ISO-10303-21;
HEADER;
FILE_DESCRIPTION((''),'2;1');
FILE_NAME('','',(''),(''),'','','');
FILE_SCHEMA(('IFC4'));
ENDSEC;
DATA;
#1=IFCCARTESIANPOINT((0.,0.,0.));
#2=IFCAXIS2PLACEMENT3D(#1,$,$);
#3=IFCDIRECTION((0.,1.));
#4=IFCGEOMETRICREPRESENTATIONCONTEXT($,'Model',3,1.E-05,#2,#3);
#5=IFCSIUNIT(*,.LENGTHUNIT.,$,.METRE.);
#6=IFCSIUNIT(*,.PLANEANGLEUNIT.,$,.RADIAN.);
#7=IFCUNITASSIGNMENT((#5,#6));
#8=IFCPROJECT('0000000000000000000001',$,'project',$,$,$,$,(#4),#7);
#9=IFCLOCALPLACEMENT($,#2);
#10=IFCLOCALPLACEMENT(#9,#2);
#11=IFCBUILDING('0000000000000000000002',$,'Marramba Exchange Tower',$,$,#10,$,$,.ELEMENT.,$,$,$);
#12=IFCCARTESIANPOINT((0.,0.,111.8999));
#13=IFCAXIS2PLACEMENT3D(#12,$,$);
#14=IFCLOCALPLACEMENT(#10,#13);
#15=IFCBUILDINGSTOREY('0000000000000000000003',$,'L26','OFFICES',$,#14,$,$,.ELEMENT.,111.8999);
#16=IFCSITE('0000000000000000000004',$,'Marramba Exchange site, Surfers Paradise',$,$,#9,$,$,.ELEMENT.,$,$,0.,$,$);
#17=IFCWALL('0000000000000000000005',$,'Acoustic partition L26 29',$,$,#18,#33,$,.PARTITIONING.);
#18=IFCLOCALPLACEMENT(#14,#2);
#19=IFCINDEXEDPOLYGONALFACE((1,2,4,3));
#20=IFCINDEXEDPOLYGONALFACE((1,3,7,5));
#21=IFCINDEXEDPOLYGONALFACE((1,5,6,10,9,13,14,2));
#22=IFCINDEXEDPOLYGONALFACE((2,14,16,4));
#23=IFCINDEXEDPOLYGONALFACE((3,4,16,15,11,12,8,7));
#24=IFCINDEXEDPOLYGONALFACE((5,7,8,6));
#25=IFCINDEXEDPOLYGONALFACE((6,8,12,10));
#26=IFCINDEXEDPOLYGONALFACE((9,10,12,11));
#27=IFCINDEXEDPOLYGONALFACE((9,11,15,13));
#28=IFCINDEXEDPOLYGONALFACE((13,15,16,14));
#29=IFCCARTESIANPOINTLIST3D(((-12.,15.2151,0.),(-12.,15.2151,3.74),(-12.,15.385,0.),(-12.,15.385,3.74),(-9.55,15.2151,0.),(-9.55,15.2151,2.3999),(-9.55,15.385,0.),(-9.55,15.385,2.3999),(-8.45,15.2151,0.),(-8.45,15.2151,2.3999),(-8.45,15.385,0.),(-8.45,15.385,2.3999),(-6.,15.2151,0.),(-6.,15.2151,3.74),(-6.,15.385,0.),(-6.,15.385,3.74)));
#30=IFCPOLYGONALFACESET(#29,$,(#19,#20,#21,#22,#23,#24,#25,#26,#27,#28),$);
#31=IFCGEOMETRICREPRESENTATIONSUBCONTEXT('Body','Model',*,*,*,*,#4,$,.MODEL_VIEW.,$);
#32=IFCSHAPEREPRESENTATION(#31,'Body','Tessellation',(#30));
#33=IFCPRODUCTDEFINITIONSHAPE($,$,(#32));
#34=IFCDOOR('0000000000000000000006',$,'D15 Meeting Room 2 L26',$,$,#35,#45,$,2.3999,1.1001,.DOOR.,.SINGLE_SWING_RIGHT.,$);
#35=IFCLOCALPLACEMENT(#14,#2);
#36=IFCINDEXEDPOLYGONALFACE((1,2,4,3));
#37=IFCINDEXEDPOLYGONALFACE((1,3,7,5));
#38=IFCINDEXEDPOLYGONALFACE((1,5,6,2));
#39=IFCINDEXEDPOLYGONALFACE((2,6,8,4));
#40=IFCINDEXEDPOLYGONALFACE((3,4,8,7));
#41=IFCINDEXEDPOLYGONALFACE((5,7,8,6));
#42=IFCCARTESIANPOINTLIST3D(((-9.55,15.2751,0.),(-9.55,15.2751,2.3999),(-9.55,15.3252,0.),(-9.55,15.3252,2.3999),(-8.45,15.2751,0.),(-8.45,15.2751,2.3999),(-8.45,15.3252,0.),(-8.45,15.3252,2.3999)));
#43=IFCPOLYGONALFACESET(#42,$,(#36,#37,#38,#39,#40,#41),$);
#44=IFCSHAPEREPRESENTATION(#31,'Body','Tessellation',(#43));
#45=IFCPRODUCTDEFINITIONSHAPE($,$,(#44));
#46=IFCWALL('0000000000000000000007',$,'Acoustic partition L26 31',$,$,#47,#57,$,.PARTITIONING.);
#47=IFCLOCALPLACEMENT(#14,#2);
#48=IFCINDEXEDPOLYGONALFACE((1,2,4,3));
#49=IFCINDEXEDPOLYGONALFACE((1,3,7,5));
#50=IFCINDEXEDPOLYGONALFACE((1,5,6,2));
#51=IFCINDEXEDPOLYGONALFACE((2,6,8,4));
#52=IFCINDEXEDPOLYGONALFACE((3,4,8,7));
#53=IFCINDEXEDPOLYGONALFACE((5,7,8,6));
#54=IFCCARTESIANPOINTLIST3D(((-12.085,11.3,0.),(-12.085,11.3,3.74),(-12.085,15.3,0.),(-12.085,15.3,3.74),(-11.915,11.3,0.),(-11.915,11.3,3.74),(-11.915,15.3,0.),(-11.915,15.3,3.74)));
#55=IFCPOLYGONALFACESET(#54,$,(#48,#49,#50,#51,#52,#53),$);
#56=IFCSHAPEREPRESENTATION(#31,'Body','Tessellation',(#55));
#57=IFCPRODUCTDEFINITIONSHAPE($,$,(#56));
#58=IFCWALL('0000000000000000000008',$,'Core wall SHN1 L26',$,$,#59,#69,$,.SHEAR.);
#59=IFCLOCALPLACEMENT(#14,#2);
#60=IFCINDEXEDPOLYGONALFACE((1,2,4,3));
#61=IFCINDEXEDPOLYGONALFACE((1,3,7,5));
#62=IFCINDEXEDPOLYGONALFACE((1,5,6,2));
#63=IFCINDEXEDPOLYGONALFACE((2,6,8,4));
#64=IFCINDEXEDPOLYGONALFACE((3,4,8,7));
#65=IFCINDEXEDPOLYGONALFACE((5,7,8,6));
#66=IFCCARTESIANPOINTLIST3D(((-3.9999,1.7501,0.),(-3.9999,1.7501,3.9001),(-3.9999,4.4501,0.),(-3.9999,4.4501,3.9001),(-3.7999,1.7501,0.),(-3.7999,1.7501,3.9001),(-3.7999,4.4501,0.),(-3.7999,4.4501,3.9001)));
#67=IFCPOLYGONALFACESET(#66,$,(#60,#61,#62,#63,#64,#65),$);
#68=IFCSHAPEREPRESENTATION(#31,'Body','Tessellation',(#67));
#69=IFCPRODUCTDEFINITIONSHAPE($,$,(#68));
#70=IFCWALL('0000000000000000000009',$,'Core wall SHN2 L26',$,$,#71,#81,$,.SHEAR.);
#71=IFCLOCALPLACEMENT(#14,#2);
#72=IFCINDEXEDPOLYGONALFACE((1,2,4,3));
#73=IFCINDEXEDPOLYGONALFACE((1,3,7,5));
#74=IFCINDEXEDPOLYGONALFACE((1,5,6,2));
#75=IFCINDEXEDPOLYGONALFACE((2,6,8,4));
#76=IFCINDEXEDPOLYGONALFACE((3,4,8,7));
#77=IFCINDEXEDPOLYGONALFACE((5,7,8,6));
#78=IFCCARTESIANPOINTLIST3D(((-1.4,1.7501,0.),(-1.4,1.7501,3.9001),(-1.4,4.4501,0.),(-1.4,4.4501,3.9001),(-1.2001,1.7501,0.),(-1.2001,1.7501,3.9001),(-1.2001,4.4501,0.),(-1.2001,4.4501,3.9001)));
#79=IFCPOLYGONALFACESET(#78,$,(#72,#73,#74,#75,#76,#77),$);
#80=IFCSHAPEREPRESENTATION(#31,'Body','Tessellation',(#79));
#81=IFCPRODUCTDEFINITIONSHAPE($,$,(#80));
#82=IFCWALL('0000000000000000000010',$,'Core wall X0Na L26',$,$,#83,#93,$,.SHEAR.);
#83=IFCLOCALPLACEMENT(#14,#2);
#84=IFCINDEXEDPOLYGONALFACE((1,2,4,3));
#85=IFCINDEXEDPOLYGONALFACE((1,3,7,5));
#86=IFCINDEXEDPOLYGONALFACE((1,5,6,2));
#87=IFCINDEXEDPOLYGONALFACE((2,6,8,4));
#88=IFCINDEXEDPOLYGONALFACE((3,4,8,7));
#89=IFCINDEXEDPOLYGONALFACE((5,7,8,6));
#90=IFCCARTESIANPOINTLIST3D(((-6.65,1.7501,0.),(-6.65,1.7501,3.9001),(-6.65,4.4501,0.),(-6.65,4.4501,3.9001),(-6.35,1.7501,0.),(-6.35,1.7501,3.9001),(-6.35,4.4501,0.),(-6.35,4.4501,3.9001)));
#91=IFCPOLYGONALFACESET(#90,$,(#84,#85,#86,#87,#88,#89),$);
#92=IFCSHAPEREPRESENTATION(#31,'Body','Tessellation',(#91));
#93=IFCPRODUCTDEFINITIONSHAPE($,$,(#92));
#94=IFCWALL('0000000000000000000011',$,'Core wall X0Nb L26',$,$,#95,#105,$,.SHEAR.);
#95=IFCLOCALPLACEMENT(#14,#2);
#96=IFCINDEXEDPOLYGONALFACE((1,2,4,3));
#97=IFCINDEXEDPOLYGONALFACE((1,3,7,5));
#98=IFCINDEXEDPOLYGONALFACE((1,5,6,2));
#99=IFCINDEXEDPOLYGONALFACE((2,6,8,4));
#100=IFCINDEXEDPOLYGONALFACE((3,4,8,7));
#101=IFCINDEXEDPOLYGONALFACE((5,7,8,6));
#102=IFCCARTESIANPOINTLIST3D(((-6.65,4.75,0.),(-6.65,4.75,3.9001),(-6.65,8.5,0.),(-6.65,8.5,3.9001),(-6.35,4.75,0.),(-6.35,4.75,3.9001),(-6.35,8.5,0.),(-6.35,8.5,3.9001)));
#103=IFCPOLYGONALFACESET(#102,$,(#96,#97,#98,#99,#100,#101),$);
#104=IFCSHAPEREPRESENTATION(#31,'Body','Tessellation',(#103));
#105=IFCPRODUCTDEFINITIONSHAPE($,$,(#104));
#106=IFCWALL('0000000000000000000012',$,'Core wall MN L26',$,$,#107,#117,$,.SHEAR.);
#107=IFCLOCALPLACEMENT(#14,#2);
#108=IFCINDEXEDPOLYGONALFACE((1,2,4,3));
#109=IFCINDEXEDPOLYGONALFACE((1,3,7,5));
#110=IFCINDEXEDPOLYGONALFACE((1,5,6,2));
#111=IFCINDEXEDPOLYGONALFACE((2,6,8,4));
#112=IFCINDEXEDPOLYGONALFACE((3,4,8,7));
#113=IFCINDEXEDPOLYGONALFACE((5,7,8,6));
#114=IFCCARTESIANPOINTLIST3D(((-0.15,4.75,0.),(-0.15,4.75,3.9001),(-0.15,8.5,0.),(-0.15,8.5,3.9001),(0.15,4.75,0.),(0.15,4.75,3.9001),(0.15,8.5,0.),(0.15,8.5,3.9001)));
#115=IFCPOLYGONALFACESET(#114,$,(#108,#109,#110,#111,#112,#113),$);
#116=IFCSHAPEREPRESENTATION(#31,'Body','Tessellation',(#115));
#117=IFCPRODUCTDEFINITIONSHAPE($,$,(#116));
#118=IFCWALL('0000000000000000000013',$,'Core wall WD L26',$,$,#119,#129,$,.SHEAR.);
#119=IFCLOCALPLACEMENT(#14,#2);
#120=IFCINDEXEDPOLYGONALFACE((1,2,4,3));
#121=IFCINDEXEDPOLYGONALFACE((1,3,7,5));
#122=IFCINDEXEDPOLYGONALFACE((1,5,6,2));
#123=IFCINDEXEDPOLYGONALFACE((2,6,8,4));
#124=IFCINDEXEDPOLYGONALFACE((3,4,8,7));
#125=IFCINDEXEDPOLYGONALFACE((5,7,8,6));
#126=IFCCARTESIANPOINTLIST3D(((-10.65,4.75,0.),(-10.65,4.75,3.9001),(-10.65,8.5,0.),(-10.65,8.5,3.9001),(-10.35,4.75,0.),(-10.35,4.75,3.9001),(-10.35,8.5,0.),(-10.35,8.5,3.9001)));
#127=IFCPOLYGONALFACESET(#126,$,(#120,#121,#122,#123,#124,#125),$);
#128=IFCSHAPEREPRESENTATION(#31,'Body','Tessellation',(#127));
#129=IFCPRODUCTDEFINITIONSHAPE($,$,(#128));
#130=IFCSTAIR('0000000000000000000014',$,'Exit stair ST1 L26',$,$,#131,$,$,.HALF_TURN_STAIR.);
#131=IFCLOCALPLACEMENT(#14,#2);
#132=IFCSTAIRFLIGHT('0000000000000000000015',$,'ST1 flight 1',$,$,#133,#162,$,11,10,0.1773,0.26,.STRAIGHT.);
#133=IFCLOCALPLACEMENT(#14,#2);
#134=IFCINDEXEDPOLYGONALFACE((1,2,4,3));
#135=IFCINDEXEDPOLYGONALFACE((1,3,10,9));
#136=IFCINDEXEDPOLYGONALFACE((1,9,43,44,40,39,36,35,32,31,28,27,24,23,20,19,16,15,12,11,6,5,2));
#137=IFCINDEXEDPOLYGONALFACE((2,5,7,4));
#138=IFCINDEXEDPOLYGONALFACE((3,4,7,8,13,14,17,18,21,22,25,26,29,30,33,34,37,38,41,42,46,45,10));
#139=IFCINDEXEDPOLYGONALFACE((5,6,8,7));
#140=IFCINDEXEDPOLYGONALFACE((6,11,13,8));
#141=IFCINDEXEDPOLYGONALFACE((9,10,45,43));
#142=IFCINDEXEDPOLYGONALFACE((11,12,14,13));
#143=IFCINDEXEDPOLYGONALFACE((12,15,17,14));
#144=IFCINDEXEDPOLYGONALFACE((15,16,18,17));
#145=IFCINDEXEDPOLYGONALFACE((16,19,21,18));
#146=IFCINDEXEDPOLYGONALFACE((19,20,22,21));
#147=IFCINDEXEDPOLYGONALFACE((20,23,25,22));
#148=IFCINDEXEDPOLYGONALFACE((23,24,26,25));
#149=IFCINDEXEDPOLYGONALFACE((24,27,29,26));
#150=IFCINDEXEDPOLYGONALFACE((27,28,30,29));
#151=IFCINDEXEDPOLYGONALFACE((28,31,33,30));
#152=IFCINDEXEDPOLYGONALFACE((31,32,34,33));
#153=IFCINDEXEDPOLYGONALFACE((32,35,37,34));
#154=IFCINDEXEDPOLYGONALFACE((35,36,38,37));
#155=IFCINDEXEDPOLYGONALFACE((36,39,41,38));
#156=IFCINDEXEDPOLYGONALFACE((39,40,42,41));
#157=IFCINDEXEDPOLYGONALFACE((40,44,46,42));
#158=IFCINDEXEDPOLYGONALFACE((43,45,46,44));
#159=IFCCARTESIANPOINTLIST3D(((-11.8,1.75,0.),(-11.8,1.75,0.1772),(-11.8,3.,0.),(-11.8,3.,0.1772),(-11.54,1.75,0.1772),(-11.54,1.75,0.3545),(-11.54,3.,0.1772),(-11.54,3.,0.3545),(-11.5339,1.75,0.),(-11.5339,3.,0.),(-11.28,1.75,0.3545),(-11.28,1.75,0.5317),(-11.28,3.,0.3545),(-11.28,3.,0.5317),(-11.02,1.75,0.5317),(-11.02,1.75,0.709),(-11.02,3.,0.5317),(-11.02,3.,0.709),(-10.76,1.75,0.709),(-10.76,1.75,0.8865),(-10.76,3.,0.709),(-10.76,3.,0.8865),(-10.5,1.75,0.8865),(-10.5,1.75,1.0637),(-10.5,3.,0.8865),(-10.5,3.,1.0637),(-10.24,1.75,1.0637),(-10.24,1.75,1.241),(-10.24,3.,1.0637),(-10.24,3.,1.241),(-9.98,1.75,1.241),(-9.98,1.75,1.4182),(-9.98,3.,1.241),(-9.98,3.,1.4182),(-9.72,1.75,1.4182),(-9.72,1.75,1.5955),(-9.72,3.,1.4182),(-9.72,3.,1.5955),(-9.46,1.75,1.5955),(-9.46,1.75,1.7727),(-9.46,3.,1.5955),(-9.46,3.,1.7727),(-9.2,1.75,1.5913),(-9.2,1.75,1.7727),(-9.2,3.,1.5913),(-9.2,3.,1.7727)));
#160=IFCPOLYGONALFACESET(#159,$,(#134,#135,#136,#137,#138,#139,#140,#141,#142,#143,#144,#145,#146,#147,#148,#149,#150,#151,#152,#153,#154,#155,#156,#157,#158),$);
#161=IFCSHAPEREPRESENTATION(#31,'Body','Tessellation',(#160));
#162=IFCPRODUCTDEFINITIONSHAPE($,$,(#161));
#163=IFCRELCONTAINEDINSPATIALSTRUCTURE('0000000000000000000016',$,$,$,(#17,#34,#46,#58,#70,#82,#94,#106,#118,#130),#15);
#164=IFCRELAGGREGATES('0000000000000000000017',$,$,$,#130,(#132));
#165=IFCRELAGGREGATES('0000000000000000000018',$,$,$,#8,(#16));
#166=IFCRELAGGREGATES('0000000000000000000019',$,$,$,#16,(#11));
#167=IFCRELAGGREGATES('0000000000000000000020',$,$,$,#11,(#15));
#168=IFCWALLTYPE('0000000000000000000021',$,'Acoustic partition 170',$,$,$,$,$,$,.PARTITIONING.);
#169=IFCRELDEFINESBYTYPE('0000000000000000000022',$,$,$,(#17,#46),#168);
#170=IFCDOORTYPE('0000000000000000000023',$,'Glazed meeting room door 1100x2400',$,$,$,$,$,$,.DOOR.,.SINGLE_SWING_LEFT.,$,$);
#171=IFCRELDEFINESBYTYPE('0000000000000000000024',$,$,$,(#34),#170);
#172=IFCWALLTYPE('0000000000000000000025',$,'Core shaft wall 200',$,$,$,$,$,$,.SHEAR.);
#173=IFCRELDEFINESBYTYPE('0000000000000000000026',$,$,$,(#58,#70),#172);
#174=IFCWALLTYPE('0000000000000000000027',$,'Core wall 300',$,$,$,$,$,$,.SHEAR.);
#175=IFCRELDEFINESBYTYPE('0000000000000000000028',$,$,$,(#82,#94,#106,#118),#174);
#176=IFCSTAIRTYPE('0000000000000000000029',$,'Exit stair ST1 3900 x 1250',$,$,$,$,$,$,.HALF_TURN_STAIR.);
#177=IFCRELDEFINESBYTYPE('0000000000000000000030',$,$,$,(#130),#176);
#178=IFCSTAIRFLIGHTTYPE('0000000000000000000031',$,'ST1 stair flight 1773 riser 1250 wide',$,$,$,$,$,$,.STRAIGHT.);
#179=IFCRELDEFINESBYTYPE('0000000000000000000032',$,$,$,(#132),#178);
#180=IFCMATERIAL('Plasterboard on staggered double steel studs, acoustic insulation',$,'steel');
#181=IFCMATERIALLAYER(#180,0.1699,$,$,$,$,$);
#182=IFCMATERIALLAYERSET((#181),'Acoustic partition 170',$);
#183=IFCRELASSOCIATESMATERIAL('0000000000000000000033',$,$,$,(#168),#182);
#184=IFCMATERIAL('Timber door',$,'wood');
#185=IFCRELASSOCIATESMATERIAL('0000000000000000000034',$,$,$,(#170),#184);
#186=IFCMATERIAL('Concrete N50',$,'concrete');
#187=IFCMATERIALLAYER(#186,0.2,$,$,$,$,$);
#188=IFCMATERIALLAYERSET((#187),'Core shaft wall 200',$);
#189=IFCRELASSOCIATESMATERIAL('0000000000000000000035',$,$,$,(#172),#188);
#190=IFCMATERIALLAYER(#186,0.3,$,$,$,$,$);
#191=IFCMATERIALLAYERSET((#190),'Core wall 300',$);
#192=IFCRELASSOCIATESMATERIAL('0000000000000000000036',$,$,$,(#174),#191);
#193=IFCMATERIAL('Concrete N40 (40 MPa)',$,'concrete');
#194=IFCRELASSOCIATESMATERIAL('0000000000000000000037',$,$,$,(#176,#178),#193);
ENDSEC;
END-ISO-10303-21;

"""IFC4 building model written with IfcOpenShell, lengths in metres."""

from ifc_helpers import new_model, si_unit, direction, frame, frame_2d, origin, place, context, subcontext, project, spatial, polyline, rectangle, outline, extrude, material, layer, layer_set, type_object, element, fill, aggregate, save


model = new_model("IFC4")

# Units and contexts
model_context = context("Model", 3, precision=1e-05, world=origin(), true_north=direction((0.0, 1.0)))
body_context = subcontext(model_context, "Body", "Model", "MODEL_VIEW")
ifc_project = project(units=[si_unit("LENGTHUNIT", "METRE"), si_unit("PLANEANGLEUNIT", "RADIAN")], contexts=[model_context])

# Site, building, storey
site_placement = place(None, origin())
site = spatial("IfcSite", under=ifc_project, at=site_placement, Name="Marramba Exchange site, Surfers Paradise", CompositionType="ELEMENT", RefElevation=0.0)
building_placement = place(site_placement, origin())
building = spatial("IfcBuilding", under=site, at=building_placement, Name="Marramba Exchange Tower", CompositionType="ELEMENT")
storey_placement = place(building_placement, frame((0.0, 0.0, 111.8999)))
storey = spatial("IfcBuildingStorey", under=building, at=storey_placement, Name="L26", Description="OFFICES", CompositionType="ELEMENT", Elevation=111.8999)

# Shared definitions
ifc_material_1 = material(Name="Concrete N50", Category="concrete")

# Shared definitions
ifc_material_2 = material(Name="Plasterboard on staggered double steel studs, acoustic insulation", Category="steel")
ifc_layer_1 = layer(ifc_material_2, 0.1699)
ifc_layer_set_1 = layer_set([ifc_layer_1], Name="Acoustic partition 170")
wall_type_1 = type_object("IfcWallType", Name="Acoustic partition 170", PredefinedType="PARTITIONING", material=ifc_layer_set_1)

# Wall, opening, door
wall_1_placement = place(storey_placement, frame((-6.0, 15.3, 0.0), z_axis=(0.0, 0.0, 1.0), x_axis=(-1.0, 0.0, 0.0)))
wall_1 = element("IfcWall", 1, at=wall_1_placement, inside=storey, type_object=wall_type_1, Name="Acoustic partition L26 29", PredefinedType="PARTITIONING", context=body_context, shape_type="SweptSolid", body=[
    extrude(rectangle(XDim=6.0, YDim=0.1699, at=frame_2d((3.0, 0.0))), origin(), (0.0, 0.0, 1.0), 3.74),
])
opening_placement = place(wall_1_placement, frame((2.45, 0.0, 0.0)))
opening = element("IfcOpeningElement", 2, at=opening_placement, cuts=wall_1, PredefinedType="OPENING", context=body_context, shape_type="SweptSolid", body=[
    extrude(rectangle(XDim=1.1001, YDim=2.3999, at=frame_2d((0.55, 1.2))), frame((0.0, 0.095, 0.0), z_axis=(0.0, -1.0, 0.0), x_axis=(1.0, 0.0, 0.0)), (0.0, 0.0, 1.0), 0.1899),
])
ifc_material_3 = material(Name="Timber door", Category="wood")
door_type = type_object("IfcDoorType", Name="Glazed meeting room door 1100x2400", OperationType="SINGLE_SWING_LEFT", PredefinedType="DOOR", material=ifc_material_3)
door_placement = place(opening_placement, origin())
door = element("IfcDoor", 3, at=door_placement, inside=storey, type_object=door_type, Name="D15 Meeting Room 2 L26", OperationType="SINGLE_SWING_RIGHT", OverallHeight=2.3999, OverallWidth=1.1001, PredefinedType="DOOR", context=body_context, shape_type="SweptSolid", body=[
    extrude(rectangle(XDim=1.1001, YDim=2.3999, at=frame_2d((0.55, 1.2))), frame((0.0, 0.0249, 0.0), z_axis=(0.0, -1.0, 0.0), x_axis=(1.0, 0.0, 0.0)), (0.0, 0.0, 1.0), 0.05),
])
fill(opening, door)

# Walls
wall_2_placement = place(storey_placement, frame((-12.0, 15.3, 0.0), z_axis=(0.0, 0.0, 1.0), x_axis=(0.0, -1.0, 0.0)))
element("IfcWall", 4, at=wall_2_placement, inside=storey, type_object=wall_type_1, Name="Acoustic partition L26 31", PredefinedType="PARTITIONING", context=body_context, shape_type="SweptSolid", body=[
    extrude(rectangle(XDim=4.0, YDim=0.1699, at=frame_2d((2.0, 0.0))), origin(), (0.0, 0.0, 1.0), 3.74),
])
ifc_layer_2 = layer(ifc_material_1, 0.2)
ifc_layer_set_2 = layer_set([ifc_layer_2], Name="Core shaft wall 200")
wall_type_2 = type_object("IfcWallType", Name="Core shaft wall 200", PredefinedType="SHEAR", material=ifc_layer_set_2)
for number, where, z_axis, x_axis, name in (
    (5, (-3.8999, 1.75, 0.0), (0.0, 0.0, 1.0), (0.0, 1.0, 0.0), "Core wall SHN1 L26"),
    (6, (-1.3, 1.75, 0.0), (0.0, 0.0, 1.0), (0.0, 1.0, 0.0), "Core wall SHN2 L26"),
):
    element("IfcWall", number, at=place(storey_placement, frame(where, z_axis=z_axis, x_axis=x_axis)), inside=storey, type_object=wall_type_2, Name=name, PredefinedType="SHEAR", context=body_context, shape_type="SweptSolid", body=[
        extrude(rectangle(XDim=2.7, YDim=0.2, at=frame_2d((1.3501, 0.0))), origin(), (0.0, 0.0, 1.0), 3.9001),
    ])
ifc_layer_3 = layer(ifc_material_1, 0.3)
ifc_layer_set_3 = layer_set([ifc_layer_3], Name="Core wall 300")
wall_type_3 = type_object("IfcWallType", Name="Core wall 300", PredefinedType="SHEAR", material=ifc_layer_set_3)
wall_3_placement = place(storey_placement, frame((-6.5, 1.75, 0.0), z_axis=(0.0, 0.0, 1.0), x_axis=(0.0, 1.0, 0.0)))
element("IfcWall", 7, at=wall_3_placement, inside=storey, type_object=wall_type_3, Name="Core wall X0Na L26", PredefinedType="SHEAR", context=body_context, shape_type="SweptSolid", body=[
    extrude(rectangle(XDim=2.7, YDim=0.3, at=frame_2d((1.3501, 0.0))), origin(), (0.0, 0.0, 1.0), 3.9001),
])
for number, where, z_axis, x_axis, name in (
    (8, (-6.5, 4.75, 0.0), (0.0, 0.0, 1.0), (0.0, 1.0, 0.0), "Core wall X0Nb L26"),
    (9, (0.0, 4.75, 0.0), (0.0, 0.0, 1.0), (0.0, 1.0, 0.0), "Core wall MN L26"),
    (10, (-10.5, 4.75, 0.0), (0.0, 0.0, 1.0), (0.0, 1.0, 0.0), "Core wall WD L26"),
):
    element("IfcWall", number, at=place(storey_placement, frame(where, z_axis=z_axis, x_axis=x_axis)), inside=storey, type_object=wall_type_3, Name=name, PredefinedType="SHEAR", context=body_context, shape_type="SweptSolid", body=[
        extrude(rectangle(XDim=3.75, YDim=0.3, at=frame_2d((1.875, 0.0))), origin(), (0.0, 0.0, 1.0), 3.9001),
    ])

# Stair, stair flight
ifc_material_4 = material(Name="Concrete N40 (40 MPa)", Category="concrete")
stair_type = type_object("IfcStairType", Name="Exit stair ST1 3900 x 1250", PredefinedType="HALF_TURN_STAIR", material=ifc_material_4)
stair_placement = place(storey_placement, origin())
stair = element("IfcStair", 11, at=stair_placement, inside=storey, type_object=stair_type, Name="Exit stair ST1 L26", PredefinedType="HALF_TURN_STAIR")
stair_flight_type = type_object("IfcStairFlightType", Name="ST1 stair flight 1773 riser 1250 wide", PredefinedType="STRAIGHT", material=ifc_material_4)
stair_flight_1_placement = place(storey_placement, frame((-11.8, 2.375, 0.0), z_axis=(0.0, 0.0, 1.0), x_axis=(1.0, 0.0, 0.0)))
stair_flight_1 = element("IfcStairFlight", 12, at=stair_flight_1_placement, type_object=stair_flight_type, Name="ST1 flight 1", NumberOfRisers=11, NumberOfTreads=10, PredefinedType="STRAIGHT", RiserHeight=0.1773, TreadLength=0.26, context=body_context, shape_type="SweptSolid", body=[
    extrude(outline(polyline([(0.0, 0.0), (0.0, 0.1772), (0.26, 0.1772), (0.26, 0.3545), (0.52, 0.3545), (0.52, 0.5317), (0.78, 0.5317), (0.78, 0.709), (1.04, 0.709), (1.04, 0.8865), (1.3, 0.8865), (1.3, 1.0637), (1.5601, 1.0637), (1.5601, 1.241), (1.8201, 1.241), (1.8201, 1.4182), (2.0801, 1.4182), (2.0801, 1.5955), (2.3401, 1.5955), (2.3401, 1.7727), (2.6001, 1.7727), (2.6001, 1.95), (2.6001, 1.5913), (0.2661, 0.0), (0.0, 0.0)])), frame((0.0, 0.625, 0.0), z_axis=(0.0, -1.0, 0.0), x_axis=(1.0, 0.0, 0.0)), (0.0, 0.0, 1.0), 1.25),
])
aggregate(stair, [stair_flight_1])

save(model, "model.ifc")
